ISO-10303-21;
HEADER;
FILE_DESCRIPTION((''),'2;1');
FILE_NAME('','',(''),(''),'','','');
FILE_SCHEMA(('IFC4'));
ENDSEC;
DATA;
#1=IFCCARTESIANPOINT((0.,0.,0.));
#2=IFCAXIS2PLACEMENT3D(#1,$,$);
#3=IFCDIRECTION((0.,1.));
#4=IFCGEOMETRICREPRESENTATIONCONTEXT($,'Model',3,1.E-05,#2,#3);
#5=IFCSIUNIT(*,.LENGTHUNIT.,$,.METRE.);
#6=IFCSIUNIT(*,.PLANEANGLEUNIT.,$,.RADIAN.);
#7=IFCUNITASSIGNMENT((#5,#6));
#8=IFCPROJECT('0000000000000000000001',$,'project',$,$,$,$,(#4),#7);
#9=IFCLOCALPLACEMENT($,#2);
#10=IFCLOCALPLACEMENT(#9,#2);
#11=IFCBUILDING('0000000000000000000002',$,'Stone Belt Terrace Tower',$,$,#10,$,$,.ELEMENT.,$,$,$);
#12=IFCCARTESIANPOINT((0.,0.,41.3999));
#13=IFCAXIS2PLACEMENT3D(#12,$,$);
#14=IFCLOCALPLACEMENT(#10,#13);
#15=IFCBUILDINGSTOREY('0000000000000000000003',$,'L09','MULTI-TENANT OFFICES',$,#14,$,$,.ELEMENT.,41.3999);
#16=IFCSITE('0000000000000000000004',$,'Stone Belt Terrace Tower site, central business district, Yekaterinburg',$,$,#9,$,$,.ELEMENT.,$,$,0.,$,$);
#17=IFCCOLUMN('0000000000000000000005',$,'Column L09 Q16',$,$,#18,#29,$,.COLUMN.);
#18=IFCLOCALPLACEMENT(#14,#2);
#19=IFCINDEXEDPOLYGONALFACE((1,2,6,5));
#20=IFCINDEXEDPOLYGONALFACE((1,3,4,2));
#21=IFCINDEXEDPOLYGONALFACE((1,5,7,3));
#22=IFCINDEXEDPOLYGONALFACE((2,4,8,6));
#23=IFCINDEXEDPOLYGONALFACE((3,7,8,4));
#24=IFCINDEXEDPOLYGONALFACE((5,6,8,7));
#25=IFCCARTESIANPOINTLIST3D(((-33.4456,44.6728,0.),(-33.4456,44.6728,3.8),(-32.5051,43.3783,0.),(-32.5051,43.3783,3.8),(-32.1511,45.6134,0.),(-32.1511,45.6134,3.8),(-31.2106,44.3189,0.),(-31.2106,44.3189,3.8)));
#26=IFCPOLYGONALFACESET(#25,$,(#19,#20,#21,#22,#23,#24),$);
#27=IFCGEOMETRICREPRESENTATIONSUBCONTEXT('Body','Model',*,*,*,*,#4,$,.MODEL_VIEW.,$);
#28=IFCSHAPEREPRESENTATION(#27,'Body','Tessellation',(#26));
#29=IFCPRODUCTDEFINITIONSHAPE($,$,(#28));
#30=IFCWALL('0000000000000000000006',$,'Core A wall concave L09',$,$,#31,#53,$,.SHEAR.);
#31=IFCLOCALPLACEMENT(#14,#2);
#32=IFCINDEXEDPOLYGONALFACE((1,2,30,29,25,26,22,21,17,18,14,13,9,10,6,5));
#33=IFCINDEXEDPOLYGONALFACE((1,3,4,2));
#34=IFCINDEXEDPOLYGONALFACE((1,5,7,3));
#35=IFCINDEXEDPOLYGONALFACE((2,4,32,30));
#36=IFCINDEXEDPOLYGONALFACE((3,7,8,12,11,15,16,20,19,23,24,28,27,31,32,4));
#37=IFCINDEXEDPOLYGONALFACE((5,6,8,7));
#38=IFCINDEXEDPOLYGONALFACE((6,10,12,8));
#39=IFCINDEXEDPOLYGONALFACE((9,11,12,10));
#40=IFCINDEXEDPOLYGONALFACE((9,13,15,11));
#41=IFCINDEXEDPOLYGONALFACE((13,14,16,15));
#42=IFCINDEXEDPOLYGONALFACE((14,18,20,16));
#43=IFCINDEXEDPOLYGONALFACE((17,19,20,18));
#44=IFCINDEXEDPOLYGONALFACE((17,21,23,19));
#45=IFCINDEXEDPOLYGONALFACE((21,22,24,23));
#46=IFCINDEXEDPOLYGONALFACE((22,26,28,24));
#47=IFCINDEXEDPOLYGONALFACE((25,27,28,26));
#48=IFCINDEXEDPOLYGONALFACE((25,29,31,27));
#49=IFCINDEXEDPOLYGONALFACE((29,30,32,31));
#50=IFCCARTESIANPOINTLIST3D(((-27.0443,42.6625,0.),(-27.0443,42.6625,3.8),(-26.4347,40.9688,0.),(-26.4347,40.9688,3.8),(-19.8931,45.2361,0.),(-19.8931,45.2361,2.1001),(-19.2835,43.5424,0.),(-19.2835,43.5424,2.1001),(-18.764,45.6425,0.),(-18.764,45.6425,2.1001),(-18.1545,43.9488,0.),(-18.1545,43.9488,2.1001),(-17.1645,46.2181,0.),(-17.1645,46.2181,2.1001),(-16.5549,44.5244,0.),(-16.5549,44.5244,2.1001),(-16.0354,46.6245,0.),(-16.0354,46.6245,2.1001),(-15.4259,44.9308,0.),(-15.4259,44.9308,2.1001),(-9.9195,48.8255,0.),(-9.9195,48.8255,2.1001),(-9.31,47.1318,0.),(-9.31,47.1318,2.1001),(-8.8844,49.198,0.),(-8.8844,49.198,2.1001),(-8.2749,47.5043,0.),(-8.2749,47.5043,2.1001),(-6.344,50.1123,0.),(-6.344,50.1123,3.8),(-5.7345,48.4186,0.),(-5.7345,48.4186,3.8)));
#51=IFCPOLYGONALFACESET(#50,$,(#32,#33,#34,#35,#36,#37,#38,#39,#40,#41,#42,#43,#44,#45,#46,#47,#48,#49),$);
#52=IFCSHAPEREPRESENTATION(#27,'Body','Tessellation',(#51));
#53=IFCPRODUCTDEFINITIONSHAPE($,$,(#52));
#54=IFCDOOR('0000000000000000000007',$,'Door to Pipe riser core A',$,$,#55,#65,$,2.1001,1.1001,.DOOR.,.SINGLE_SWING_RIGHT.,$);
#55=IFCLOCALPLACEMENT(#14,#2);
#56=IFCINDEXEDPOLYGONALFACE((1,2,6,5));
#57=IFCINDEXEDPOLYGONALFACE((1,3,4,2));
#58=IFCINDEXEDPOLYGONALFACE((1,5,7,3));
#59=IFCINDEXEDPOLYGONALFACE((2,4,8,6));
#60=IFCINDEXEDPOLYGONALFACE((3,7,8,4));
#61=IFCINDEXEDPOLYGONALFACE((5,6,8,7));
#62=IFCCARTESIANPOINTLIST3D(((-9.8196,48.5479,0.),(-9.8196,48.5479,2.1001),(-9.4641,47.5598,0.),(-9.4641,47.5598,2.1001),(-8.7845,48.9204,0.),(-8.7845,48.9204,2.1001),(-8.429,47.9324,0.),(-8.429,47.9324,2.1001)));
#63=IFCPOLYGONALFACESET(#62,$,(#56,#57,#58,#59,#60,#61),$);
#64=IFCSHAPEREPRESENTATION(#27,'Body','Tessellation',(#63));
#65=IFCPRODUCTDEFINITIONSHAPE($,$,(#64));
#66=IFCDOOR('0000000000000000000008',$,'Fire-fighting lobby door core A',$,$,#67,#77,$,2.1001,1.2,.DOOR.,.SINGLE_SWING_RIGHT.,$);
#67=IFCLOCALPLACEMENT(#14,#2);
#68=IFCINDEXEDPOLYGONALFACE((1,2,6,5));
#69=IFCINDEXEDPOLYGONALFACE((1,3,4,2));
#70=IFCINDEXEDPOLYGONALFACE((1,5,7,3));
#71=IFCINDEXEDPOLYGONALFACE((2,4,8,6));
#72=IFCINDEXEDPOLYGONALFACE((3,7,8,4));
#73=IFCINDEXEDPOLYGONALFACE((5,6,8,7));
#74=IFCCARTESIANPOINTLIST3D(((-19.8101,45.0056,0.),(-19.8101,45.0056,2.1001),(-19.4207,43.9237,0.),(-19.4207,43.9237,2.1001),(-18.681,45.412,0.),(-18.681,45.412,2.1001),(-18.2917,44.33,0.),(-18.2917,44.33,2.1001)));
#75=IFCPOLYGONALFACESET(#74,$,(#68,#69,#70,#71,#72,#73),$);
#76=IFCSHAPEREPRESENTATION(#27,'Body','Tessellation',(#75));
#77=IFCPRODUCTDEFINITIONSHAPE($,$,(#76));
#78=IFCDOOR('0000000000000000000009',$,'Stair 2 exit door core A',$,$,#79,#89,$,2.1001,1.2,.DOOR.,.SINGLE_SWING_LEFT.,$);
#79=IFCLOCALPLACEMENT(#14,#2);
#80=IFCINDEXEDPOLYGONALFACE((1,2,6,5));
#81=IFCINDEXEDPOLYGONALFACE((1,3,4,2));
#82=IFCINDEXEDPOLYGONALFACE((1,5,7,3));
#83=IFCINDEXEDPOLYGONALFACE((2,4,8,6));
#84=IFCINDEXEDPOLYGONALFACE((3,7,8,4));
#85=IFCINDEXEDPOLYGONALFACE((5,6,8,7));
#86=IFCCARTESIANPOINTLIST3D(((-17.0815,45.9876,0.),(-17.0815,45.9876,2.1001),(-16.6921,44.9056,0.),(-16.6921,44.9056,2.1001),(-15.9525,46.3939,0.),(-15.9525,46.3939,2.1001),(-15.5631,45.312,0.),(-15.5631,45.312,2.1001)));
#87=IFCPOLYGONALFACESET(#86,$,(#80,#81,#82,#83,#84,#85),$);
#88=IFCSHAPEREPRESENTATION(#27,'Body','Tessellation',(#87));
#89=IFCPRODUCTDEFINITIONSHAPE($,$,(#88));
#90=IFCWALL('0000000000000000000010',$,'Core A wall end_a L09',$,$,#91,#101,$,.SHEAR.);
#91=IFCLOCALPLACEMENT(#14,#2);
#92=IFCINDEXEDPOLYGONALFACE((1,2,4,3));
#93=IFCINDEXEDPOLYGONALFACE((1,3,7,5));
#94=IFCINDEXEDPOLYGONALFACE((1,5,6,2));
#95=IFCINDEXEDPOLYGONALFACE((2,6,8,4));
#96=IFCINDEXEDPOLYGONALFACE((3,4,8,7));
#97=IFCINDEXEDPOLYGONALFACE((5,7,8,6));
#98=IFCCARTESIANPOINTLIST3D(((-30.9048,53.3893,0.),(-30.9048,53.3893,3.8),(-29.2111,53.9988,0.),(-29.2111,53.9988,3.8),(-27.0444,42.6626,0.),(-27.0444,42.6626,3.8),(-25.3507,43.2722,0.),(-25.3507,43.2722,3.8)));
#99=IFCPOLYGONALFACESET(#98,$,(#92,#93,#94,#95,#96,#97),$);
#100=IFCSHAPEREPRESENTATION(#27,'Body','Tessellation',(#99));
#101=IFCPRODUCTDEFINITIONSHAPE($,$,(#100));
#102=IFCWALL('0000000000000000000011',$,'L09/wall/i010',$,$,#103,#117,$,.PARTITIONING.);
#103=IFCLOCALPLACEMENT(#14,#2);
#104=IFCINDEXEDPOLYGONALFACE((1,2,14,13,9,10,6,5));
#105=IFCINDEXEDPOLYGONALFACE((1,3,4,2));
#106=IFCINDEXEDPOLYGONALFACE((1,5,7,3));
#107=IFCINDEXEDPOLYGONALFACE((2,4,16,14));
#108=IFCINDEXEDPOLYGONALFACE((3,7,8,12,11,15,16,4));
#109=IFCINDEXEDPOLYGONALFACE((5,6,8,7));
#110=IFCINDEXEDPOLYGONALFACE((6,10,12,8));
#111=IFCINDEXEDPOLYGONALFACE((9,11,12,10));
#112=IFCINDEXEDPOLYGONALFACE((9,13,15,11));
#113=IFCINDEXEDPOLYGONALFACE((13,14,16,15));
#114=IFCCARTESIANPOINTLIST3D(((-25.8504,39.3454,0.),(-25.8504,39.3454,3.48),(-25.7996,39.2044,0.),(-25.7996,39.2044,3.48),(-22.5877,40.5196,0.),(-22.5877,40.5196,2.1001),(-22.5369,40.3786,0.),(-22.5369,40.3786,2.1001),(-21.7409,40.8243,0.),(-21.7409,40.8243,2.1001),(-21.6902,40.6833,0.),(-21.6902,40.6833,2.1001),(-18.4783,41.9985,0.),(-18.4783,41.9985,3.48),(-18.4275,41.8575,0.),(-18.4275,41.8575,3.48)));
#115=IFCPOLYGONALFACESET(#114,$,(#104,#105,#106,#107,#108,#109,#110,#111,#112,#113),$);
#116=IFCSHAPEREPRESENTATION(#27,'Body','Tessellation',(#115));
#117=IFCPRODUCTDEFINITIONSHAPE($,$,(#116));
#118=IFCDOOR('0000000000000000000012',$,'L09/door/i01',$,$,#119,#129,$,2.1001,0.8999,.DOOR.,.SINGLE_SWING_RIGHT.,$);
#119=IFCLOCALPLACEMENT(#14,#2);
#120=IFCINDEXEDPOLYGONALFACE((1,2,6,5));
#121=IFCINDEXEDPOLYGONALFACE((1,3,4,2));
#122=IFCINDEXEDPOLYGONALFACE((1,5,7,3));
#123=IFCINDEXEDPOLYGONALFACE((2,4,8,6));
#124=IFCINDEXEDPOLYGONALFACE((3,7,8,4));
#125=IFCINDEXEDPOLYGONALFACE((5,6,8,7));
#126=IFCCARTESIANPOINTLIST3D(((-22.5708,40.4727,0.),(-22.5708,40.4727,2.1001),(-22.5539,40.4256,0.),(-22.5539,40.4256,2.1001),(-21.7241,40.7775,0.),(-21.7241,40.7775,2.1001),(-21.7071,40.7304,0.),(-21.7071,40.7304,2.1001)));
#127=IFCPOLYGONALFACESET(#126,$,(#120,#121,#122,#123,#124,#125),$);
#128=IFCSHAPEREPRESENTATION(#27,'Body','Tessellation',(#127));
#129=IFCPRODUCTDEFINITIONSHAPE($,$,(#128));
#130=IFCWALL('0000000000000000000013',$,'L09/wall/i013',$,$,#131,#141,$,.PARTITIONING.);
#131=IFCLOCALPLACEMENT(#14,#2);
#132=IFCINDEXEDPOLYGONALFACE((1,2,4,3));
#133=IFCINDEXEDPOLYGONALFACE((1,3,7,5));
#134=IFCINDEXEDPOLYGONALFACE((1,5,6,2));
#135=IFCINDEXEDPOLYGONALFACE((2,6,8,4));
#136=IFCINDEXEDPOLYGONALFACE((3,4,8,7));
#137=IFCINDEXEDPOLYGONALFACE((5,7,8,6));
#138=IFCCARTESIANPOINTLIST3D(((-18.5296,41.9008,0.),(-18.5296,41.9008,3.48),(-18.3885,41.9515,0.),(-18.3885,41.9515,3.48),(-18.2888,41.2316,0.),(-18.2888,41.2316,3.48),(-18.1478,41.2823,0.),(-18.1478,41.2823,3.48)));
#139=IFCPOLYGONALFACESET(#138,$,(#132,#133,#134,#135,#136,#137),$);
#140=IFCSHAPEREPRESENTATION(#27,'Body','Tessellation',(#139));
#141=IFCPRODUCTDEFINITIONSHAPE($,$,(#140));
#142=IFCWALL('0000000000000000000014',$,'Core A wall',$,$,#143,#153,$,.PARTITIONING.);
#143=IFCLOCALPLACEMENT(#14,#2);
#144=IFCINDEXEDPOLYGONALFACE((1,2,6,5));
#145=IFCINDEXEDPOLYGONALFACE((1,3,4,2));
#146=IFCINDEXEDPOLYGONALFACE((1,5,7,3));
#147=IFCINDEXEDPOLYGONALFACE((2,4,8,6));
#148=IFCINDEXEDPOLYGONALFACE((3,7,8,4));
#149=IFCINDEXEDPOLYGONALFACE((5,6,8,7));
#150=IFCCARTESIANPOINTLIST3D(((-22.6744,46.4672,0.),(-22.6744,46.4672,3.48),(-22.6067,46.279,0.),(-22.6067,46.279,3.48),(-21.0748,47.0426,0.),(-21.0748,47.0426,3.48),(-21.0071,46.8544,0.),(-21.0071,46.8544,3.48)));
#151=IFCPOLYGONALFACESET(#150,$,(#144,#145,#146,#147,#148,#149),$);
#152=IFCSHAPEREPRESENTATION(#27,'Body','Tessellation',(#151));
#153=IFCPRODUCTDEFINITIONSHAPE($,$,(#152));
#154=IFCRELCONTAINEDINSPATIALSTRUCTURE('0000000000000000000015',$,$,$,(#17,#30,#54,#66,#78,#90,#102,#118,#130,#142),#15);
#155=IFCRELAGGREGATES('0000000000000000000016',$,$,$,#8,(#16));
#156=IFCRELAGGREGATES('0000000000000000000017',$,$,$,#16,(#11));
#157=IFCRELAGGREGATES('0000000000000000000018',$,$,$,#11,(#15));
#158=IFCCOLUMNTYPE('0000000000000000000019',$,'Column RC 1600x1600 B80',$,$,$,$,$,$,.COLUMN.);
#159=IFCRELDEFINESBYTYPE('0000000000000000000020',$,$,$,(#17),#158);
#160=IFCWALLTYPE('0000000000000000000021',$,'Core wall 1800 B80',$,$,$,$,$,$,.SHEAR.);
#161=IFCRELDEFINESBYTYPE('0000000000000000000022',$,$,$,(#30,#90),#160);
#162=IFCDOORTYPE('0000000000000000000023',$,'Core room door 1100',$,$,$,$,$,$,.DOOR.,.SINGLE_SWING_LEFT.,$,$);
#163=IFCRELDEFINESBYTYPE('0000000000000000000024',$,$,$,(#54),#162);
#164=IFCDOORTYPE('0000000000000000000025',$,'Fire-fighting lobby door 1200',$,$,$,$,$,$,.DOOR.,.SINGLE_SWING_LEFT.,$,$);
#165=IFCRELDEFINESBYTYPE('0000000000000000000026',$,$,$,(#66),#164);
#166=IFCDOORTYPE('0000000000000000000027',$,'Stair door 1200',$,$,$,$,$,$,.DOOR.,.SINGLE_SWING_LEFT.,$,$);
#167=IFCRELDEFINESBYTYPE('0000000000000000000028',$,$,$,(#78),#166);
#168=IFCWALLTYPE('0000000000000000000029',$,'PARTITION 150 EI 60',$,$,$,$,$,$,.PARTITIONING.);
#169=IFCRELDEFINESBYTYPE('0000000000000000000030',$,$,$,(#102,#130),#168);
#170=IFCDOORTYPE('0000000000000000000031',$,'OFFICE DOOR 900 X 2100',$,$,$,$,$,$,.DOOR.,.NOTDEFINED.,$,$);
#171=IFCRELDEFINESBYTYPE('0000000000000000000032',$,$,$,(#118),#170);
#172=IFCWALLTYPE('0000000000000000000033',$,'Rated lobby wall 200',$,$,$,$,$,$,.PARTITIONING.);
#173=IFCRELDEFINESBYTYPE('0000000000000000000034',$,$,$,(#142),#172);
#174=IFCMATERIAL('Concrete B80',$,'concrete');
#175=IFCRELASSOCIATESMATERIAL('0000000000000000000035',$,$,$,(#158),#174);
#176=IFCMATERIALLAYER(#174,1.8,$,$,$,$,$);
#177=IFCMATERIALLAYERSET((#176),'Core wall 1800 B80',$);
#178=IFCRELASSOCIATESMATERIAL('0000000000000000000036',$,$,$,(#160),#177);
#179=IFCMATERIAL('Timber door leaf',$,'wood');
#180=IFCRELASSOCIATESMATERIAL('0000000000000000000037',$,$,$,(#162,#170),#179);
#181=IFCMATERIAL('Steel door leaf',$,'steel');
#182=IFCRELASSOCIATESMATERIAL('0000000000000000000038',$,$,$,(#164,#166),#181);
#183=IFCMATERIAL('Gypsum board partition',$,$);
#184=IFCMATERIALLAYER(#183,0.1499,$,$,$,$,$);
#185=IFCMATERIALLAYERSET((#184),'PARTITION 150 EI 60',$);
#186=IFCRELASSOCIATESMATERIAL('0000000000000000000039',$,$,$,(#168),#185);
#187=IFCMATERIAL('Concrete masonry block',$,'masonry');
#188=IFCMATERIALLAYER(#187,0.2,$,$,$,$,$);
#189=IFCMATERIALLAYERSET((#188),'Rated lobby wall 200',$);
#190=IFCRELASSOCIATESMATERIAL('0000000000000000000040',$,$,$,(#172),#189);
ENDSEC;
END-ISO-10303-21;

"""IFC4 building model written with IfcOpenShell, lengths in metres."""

from ifc_helpers import new_model, si_unit, direction, frame, frame_2d, origin, origin_2d, place, context, subcontext, project, spatial, rectangle, extrude, material, layer, layer_set, material_profile, profile_set, type_object, element, fill, save


model = new_model("IFC4")

# Units and contexts
model_context = context("Model", 3, precision=1e-05, world=origin(), true_north=direction((0.0, 1.0)))
body_context = subcontext(model_context, "Body", "Model", "MODEL_VIEW")
ifc_project = project(units=[si_unit("LENGTHUNIT", "METRE"), si_unit("PLANEANGLEUNIT", "RADIAN")], contexts=[model_context])

# Site, building, storey
site_placement = place(None, origin())
site = spatial("IfcSite", under=ifc_project, at=site_placement, Name="Stone Belt Terrace Tower site, central business district, Yekaterinburg", CompositionType="ELEMENT", RefElevation=0.0)
building_placement = place(site_placement, origin())
building = spatial("IfcBuilding", under=site, at=building_placement, Name="Stone Belt Terrace Tower", CompositionType="ELEMENT")
storey_placement = place(building_placement, frame((0.0, 0.0, 41.3999)))
storey = spatial("IfcBuildingStorey", under=building, at=storey_placement, Name="L09", Description="MULTI-TENANT OFFICES", CompositionType="ELEMENT", Elevation=41.3999)

# Column
ifc_material_1 = material(Name="Concrete B80", Category="concrete")
ifc_material_profile = material_profile(ifc_material_1, rectangle(XDim=1.6001, YDim=1.6001, at=origin_2d()), Name="RC 1600x1600")
ifc_profile_set = profile_set([ifc_material_profile], Name="Concrete B80")
column_type = type_object("IfcColumnType", Name="Column RC 1600x1600 B80", PredefinedType="COLUMN", material=ifc_profile_set)
column_placement = place(storey_placement, frame((-32.3281, 44.4958, 0.0), z_axis=(0.0, 0.0, 1.0), x_axis=(0.809017, 0.587785, 0.0)))
element("IfcColumn", 1, at=column_placement, inside=storey, type_object=column_type, Name="Column L09 Q16", PredefinedType="COLUMN", context=body_context, shape_type="SweptSolid", body=[
    extrude(rectangle(XDim=1.6001, YDim=1.6001, at=origin_2d()), origin(), (0.0, 0.0, 1.0), 3.8),
])

# Wall, openings, doors
ifc_layer_1 = layer(ifc_material_1, 1.8)
ifc_layer_set_1 = layer_set([ifc_layer_1], Name="Core wall 1800 B80")
wall_type_1 = type_object("IfcWallType", Name="Core wall 1800 B80", PredefinedType="SHEAR", material=ifc_layer_set_1)
wall_1_placement = place(storey_placement, frame((-26.7395, 41.8157, 0.0), z_axis=(0.0, 0.0, 1.0), x_axis=(0.940922, 0.338624, 0.0)))
wall_1 = element("IfcWall", 2, at=wall_1_placement, inside=storey, type_object=wall_type_1, Name="Core A wall concave L09", PredefinedType="SHEAR", context=body_context, shape_type="SweptSolid", body=[
    extrude(rectangle(XDim=22.0, YDim=1.8, at=frame_2d((11.0, 0.0))), origin(), (0.0, 0.0, 1.0), 3.8),
])
opening_1_placement = place(wall_1_placement, frame((7.6001, 0.0, 0.0)))
opening_1 = element("IfcOpeningElement", 3, at=opening_1_placement, cuts=wall_1, PredefinedType="OPENING", context=body_context, shape_type="SweptSolid", body=[
    extrude(rectangle(XDim=1.2, YDim=2.1001, at=frame_2d((0.6001, 1.05))), frame((0.0, 0.9099, 0.0), z_axis=(0.0, -1.0, 0.0), x_axis=(1.0, 0.0, 0.0)), (0.0, 0.0, 1.0), 1.8201),
])
opening_2_placement = place(wall_1_placement, frame((10.5, 0.0, 0.0)))
opening_2 = element("IfcOpeningElement", 4, at=opening_2_placement, cuts=wall_1, PredefinedType="OPENING", context=body_context, shape_type="SweptSolid", body=[
    extrude(rectangle(XDim=1.2, YDim=2.1001, at=frame_2d((0.6001, 1.05))), frame((0.0, 0.9099, 0.0), z_axis=(0.0, -1.0, 0.0), x_axis=(1.0, 0.0, 0.0)), (0.0, 0.0, 1.0), 1.8201),
])
opening_3_placement = place(wall_1_placement, frame((18.2, 0.0, 0.0)))
opening_3 = element("IfcOpeningElement", 5, at=opening_3_placement, cuts=wall_1, PredefinedType="OPENING", context=body_context, shape_type="SweptSolid", body=[
    extrude(rectangle(XDim=1.1001, YDim=2.1001, at=frame_2d((0.55, 1.05))), frame((0.0, 0.9099, 0.0), z_axis=(0.0, -1.0, 0.0), x_axis=(1.0, 0.0, 0.0)), (0.0, 0.0, 1.0), 1.8201),
])
ifc_material_2 = material(Name="Timber door leaf", Category="wood")
door_type_1 = type_object("IfcDoorType", Name="Core room door 1100", OperationType="SINGLE_SWING_LEFT", PredefinedType="DOOR", material=ifc_material_2)
door_1_placement = place(opening_3_placement, origin())
door_1 = element("IfcDoor", 6, at=door_1_placement, inside=storey, type_object=door_type_1, Name="Door to Pipe riser core A", OperationType="SINGLE_SWING_RIGHT", OverallHeight=2.1001, OverallWidth=1.1001, PredefinedType="DOOR", context=body_context, shape_type="SweptSolid", body=[
    extrude(rectangle(XDim=1.1001, YDim=2.1001, at=frame_2d((0.55, 1.05))), frame((0.0, 0.605, 0.0), z_axis=(0.0, -1.0, 0.0), x_axis=(1.0, 0.0, 0.0)), (0.0, 0.0, 1.0), 1.05),
])
fill(opening_3, door_1)
ifc_material_3 = material(Name="Steel door leaf", Category="steel")
door_type_2 = type_object("IfcDoorType", Name="Fire-fighting lobby door 1200", OperationType="SINGLE_SWING_LEFT", PredefinedType="DOOR", material=ifc_material_3)
door_2_placement = place(opening_1_placement, origin())
door_2 = element("IfcDoor", 7, at=door_2_placement, inside=storey, type_object=door_type_2, Name="Fire-fighting lobby door core A", OperationType="SINGLE_SWING_RIGHT", OverallHeight=2.1001, OverallWidth=1.2, PredefinedType="DOOR", context=body_context, shape_type="SweptSolid", body=[
    extrude(rectangle(XDim=1.2, YDim=2.1001, at=frame_2d((0.6001, 1.05))), frame((0.0, 0.655, 0.0), z_axis=(0.0, -1.0, 0.0), x_axis=(1.0, 0.0, 0.0)), (0.0, 0.0, 1.0), 1.1499),
])
fill(opening_1, door_2)
door_type_3 = type_object("IfcDoorType", Name="Stair door 1200", OperationType="SINGLE_SWING_LEFT", PredefinedType="DOOR", material=ifc_material_3)
door_3_placement = place(opening_2_placement, origin())
door_3 = element("IfcDoor", 8, at=door_3_placement, inside=storey, type_object=door_type_3, Name="Stair 2 exit door core A", OperationType="SINGLE_SWING_LEFT", OverallHeight=2.1001, OverallWidth=1.2, PredefinedType="DOOR", context=body_context, shape_type="SweptSolid", body=[
    extrude(rectangle(XDim=1.2, YDim=2.1001, at=frame_2d((0.6001, 1.05))), frame((0.0, 0.655, 0.0), z_axis=(0.0, -1.0, 0.0), x_axis=(1.0, 0.0, 0.0)), (0.0, 0.0, 1.0), 1.1499),
])
fill(opening_2, door_3)

# Wall
wall_2_placement = place(storey_placement, frame((-26.1975, 42.9673, 0.0), z_axis=(0.0, 0.0, 1.0), x_axis=(-0.338625, 0.940921, 0.0)))
element("IfcWall", 9, at=wall_2_placement, inside=storey, type_object=wall_type_1, Name="Core A wall end_a L09", PredefinedType="SHEAR", context=body_context, shape_type="SweptSolid", body=[
    extrude(rectangle(XDim=11.4001, YDim=1.8, at=frame_2d((5.7002, 0.0))), origin(), (0.0, 0.0, 1.0), 3.8),
])

# Wall, opening, door
ifc_material_4 = material(Name="Gypsum board partition")
ifc_layer_2 = layer(ifc_material_4, 0.1499)
ifc_layer_set_2 = layer_set([ifc_layer_2], Name="PARTITION 150 EI 60")
wall_type_2 = type_object("IfcWallType", Name="PARTITION 150 EI 60", PredefinedType="PARTITIONING", material=ifc_layer_set_2)
wall_3_placement = place(storey_placement, frame((-18.4529, 41.928, 0.0), z_axis=(0.0, 0.0, 1.0), x_axis=(-0.940923, -0.338621, 0.0)))
wall_3 = element("IfcWall", 10, at=wall_3_placement, inside=storey, type_object=wall_type_2, Name="L09/wall/i010", PredefinedType="PARTITIONING", context=body_context, shape_type="SweptSolid", body=[
    extrude(rectangle(XDim=7.835, YDim=0.1499, at=frame_2d((3.9175, 0.0))), origin(), (0.0, 0.0, 1.0), 3.48),
])
opening_4_placement = place(wall_3_placement, frame((3.4675, 0.0, 0.0)))
opening_4 = element("IfcOpeningElement", 11, at=opening_4_placement, cuts=wall_3, PredefinedType="OPENING", context=body_context, shape_type="SweptSolid", body=[
    extrude(rectangle(XDim=0.8999, YDim=2.1001, at=frame_2d((0.45, 1.05))), frame((0.0, 0.085, 0.0), z_axis=(0.0, -1.0, 0.0), x_axis=(1.0, 0.0, 0.0)), (0.0, 0.0, 1.0), 0.1699),
])
door_type_4 = type_object("IfcDoorType", Name="OFFICE DOOR 900 X 2100", OperationType="NOTDEFINED", PredefinedType="DOOR", material=ifc_material_2)
door_4_placement = place(opening_4_placement, origin())
door_4 = element("IfcDoor", 12, at=door_4_placement, inside=storey, type_object=door_type_4, Name="L09/door/i01", OperationType="SINGLE_SWING_RIGHT", OverallHeight=2.1001, OverallWidth=0.8999, PredefinedType="DOOR", context=body_context, shape_type="SweptSolid", body=[
    extrude(rectangle(XDim=0.8999, YDim=2.1001, at=frame_2d((0.45, 1.05))), frame((0.0, 0.0249, 0.0), z_axis=(0.0, -1.0, 0.0), x_axis=(1.0, 0.0, 0.0)), (0.0, 0.0, 1.0), 0.05),
])
fill(opening_4, door_4)

# Walls
wall_4_placement = place(storey_placement, frame((-18.459, 41.926, 0.0), z_axis=(0.0, 0.0, 1.0), x_axis=(0.338488, -0.940971, 0.0)))
element("IfcWall", 13, at=wall_4_placement, inside=storey, type_object=wall_type_2, Name="L09/wall/i013", PredefinedType="PARTITIONING", context=body_context, shape_type="SweptSolid", body=[
    extrude(rectangle(XDim=0.7112, YDim=0.1499, at=frame_2d((0.3555, 0.0))), origin(), (0.0, 0.0, 1.0), 3.48),
])
ifc_material_5 = material(Name="Concrete masonry block", Category="masonry")
ifc_layer_3 = layer(ifc_material_5, 0.2)
ifc_layer_set_3 = layer_set([ifc_layer_3], Name="Rated lobby wall 200")
wall_type_3 = type_object("IfcWallType", Name="Rated lobby wall 200", PredefinedType="PARTITIONING", material=ifc_layer_set_3)
wall_5_placement = place(storey_placement, frame((-22.6406, 46.373, 0.0), z_axis=(0.0, 0.0, 1.0), x_axis=(0.940966, 0.338501, 0.0)))
element("IfcWall", 14, at=wall_5_placement, inside=storey, type_object=wall_type_3, Name="Core A wall", PredefinedType="PARTITIONING", context=body_context, shape_type="SweptSolid", body=[
    extrude(rectangle(XDim=1.7, YDim=0.2, at=frame_2d((0.8501, 0.0))), origin(), (0.0, 0.0, 1.0), 3.48),
])

save(model, "model.ifc")
